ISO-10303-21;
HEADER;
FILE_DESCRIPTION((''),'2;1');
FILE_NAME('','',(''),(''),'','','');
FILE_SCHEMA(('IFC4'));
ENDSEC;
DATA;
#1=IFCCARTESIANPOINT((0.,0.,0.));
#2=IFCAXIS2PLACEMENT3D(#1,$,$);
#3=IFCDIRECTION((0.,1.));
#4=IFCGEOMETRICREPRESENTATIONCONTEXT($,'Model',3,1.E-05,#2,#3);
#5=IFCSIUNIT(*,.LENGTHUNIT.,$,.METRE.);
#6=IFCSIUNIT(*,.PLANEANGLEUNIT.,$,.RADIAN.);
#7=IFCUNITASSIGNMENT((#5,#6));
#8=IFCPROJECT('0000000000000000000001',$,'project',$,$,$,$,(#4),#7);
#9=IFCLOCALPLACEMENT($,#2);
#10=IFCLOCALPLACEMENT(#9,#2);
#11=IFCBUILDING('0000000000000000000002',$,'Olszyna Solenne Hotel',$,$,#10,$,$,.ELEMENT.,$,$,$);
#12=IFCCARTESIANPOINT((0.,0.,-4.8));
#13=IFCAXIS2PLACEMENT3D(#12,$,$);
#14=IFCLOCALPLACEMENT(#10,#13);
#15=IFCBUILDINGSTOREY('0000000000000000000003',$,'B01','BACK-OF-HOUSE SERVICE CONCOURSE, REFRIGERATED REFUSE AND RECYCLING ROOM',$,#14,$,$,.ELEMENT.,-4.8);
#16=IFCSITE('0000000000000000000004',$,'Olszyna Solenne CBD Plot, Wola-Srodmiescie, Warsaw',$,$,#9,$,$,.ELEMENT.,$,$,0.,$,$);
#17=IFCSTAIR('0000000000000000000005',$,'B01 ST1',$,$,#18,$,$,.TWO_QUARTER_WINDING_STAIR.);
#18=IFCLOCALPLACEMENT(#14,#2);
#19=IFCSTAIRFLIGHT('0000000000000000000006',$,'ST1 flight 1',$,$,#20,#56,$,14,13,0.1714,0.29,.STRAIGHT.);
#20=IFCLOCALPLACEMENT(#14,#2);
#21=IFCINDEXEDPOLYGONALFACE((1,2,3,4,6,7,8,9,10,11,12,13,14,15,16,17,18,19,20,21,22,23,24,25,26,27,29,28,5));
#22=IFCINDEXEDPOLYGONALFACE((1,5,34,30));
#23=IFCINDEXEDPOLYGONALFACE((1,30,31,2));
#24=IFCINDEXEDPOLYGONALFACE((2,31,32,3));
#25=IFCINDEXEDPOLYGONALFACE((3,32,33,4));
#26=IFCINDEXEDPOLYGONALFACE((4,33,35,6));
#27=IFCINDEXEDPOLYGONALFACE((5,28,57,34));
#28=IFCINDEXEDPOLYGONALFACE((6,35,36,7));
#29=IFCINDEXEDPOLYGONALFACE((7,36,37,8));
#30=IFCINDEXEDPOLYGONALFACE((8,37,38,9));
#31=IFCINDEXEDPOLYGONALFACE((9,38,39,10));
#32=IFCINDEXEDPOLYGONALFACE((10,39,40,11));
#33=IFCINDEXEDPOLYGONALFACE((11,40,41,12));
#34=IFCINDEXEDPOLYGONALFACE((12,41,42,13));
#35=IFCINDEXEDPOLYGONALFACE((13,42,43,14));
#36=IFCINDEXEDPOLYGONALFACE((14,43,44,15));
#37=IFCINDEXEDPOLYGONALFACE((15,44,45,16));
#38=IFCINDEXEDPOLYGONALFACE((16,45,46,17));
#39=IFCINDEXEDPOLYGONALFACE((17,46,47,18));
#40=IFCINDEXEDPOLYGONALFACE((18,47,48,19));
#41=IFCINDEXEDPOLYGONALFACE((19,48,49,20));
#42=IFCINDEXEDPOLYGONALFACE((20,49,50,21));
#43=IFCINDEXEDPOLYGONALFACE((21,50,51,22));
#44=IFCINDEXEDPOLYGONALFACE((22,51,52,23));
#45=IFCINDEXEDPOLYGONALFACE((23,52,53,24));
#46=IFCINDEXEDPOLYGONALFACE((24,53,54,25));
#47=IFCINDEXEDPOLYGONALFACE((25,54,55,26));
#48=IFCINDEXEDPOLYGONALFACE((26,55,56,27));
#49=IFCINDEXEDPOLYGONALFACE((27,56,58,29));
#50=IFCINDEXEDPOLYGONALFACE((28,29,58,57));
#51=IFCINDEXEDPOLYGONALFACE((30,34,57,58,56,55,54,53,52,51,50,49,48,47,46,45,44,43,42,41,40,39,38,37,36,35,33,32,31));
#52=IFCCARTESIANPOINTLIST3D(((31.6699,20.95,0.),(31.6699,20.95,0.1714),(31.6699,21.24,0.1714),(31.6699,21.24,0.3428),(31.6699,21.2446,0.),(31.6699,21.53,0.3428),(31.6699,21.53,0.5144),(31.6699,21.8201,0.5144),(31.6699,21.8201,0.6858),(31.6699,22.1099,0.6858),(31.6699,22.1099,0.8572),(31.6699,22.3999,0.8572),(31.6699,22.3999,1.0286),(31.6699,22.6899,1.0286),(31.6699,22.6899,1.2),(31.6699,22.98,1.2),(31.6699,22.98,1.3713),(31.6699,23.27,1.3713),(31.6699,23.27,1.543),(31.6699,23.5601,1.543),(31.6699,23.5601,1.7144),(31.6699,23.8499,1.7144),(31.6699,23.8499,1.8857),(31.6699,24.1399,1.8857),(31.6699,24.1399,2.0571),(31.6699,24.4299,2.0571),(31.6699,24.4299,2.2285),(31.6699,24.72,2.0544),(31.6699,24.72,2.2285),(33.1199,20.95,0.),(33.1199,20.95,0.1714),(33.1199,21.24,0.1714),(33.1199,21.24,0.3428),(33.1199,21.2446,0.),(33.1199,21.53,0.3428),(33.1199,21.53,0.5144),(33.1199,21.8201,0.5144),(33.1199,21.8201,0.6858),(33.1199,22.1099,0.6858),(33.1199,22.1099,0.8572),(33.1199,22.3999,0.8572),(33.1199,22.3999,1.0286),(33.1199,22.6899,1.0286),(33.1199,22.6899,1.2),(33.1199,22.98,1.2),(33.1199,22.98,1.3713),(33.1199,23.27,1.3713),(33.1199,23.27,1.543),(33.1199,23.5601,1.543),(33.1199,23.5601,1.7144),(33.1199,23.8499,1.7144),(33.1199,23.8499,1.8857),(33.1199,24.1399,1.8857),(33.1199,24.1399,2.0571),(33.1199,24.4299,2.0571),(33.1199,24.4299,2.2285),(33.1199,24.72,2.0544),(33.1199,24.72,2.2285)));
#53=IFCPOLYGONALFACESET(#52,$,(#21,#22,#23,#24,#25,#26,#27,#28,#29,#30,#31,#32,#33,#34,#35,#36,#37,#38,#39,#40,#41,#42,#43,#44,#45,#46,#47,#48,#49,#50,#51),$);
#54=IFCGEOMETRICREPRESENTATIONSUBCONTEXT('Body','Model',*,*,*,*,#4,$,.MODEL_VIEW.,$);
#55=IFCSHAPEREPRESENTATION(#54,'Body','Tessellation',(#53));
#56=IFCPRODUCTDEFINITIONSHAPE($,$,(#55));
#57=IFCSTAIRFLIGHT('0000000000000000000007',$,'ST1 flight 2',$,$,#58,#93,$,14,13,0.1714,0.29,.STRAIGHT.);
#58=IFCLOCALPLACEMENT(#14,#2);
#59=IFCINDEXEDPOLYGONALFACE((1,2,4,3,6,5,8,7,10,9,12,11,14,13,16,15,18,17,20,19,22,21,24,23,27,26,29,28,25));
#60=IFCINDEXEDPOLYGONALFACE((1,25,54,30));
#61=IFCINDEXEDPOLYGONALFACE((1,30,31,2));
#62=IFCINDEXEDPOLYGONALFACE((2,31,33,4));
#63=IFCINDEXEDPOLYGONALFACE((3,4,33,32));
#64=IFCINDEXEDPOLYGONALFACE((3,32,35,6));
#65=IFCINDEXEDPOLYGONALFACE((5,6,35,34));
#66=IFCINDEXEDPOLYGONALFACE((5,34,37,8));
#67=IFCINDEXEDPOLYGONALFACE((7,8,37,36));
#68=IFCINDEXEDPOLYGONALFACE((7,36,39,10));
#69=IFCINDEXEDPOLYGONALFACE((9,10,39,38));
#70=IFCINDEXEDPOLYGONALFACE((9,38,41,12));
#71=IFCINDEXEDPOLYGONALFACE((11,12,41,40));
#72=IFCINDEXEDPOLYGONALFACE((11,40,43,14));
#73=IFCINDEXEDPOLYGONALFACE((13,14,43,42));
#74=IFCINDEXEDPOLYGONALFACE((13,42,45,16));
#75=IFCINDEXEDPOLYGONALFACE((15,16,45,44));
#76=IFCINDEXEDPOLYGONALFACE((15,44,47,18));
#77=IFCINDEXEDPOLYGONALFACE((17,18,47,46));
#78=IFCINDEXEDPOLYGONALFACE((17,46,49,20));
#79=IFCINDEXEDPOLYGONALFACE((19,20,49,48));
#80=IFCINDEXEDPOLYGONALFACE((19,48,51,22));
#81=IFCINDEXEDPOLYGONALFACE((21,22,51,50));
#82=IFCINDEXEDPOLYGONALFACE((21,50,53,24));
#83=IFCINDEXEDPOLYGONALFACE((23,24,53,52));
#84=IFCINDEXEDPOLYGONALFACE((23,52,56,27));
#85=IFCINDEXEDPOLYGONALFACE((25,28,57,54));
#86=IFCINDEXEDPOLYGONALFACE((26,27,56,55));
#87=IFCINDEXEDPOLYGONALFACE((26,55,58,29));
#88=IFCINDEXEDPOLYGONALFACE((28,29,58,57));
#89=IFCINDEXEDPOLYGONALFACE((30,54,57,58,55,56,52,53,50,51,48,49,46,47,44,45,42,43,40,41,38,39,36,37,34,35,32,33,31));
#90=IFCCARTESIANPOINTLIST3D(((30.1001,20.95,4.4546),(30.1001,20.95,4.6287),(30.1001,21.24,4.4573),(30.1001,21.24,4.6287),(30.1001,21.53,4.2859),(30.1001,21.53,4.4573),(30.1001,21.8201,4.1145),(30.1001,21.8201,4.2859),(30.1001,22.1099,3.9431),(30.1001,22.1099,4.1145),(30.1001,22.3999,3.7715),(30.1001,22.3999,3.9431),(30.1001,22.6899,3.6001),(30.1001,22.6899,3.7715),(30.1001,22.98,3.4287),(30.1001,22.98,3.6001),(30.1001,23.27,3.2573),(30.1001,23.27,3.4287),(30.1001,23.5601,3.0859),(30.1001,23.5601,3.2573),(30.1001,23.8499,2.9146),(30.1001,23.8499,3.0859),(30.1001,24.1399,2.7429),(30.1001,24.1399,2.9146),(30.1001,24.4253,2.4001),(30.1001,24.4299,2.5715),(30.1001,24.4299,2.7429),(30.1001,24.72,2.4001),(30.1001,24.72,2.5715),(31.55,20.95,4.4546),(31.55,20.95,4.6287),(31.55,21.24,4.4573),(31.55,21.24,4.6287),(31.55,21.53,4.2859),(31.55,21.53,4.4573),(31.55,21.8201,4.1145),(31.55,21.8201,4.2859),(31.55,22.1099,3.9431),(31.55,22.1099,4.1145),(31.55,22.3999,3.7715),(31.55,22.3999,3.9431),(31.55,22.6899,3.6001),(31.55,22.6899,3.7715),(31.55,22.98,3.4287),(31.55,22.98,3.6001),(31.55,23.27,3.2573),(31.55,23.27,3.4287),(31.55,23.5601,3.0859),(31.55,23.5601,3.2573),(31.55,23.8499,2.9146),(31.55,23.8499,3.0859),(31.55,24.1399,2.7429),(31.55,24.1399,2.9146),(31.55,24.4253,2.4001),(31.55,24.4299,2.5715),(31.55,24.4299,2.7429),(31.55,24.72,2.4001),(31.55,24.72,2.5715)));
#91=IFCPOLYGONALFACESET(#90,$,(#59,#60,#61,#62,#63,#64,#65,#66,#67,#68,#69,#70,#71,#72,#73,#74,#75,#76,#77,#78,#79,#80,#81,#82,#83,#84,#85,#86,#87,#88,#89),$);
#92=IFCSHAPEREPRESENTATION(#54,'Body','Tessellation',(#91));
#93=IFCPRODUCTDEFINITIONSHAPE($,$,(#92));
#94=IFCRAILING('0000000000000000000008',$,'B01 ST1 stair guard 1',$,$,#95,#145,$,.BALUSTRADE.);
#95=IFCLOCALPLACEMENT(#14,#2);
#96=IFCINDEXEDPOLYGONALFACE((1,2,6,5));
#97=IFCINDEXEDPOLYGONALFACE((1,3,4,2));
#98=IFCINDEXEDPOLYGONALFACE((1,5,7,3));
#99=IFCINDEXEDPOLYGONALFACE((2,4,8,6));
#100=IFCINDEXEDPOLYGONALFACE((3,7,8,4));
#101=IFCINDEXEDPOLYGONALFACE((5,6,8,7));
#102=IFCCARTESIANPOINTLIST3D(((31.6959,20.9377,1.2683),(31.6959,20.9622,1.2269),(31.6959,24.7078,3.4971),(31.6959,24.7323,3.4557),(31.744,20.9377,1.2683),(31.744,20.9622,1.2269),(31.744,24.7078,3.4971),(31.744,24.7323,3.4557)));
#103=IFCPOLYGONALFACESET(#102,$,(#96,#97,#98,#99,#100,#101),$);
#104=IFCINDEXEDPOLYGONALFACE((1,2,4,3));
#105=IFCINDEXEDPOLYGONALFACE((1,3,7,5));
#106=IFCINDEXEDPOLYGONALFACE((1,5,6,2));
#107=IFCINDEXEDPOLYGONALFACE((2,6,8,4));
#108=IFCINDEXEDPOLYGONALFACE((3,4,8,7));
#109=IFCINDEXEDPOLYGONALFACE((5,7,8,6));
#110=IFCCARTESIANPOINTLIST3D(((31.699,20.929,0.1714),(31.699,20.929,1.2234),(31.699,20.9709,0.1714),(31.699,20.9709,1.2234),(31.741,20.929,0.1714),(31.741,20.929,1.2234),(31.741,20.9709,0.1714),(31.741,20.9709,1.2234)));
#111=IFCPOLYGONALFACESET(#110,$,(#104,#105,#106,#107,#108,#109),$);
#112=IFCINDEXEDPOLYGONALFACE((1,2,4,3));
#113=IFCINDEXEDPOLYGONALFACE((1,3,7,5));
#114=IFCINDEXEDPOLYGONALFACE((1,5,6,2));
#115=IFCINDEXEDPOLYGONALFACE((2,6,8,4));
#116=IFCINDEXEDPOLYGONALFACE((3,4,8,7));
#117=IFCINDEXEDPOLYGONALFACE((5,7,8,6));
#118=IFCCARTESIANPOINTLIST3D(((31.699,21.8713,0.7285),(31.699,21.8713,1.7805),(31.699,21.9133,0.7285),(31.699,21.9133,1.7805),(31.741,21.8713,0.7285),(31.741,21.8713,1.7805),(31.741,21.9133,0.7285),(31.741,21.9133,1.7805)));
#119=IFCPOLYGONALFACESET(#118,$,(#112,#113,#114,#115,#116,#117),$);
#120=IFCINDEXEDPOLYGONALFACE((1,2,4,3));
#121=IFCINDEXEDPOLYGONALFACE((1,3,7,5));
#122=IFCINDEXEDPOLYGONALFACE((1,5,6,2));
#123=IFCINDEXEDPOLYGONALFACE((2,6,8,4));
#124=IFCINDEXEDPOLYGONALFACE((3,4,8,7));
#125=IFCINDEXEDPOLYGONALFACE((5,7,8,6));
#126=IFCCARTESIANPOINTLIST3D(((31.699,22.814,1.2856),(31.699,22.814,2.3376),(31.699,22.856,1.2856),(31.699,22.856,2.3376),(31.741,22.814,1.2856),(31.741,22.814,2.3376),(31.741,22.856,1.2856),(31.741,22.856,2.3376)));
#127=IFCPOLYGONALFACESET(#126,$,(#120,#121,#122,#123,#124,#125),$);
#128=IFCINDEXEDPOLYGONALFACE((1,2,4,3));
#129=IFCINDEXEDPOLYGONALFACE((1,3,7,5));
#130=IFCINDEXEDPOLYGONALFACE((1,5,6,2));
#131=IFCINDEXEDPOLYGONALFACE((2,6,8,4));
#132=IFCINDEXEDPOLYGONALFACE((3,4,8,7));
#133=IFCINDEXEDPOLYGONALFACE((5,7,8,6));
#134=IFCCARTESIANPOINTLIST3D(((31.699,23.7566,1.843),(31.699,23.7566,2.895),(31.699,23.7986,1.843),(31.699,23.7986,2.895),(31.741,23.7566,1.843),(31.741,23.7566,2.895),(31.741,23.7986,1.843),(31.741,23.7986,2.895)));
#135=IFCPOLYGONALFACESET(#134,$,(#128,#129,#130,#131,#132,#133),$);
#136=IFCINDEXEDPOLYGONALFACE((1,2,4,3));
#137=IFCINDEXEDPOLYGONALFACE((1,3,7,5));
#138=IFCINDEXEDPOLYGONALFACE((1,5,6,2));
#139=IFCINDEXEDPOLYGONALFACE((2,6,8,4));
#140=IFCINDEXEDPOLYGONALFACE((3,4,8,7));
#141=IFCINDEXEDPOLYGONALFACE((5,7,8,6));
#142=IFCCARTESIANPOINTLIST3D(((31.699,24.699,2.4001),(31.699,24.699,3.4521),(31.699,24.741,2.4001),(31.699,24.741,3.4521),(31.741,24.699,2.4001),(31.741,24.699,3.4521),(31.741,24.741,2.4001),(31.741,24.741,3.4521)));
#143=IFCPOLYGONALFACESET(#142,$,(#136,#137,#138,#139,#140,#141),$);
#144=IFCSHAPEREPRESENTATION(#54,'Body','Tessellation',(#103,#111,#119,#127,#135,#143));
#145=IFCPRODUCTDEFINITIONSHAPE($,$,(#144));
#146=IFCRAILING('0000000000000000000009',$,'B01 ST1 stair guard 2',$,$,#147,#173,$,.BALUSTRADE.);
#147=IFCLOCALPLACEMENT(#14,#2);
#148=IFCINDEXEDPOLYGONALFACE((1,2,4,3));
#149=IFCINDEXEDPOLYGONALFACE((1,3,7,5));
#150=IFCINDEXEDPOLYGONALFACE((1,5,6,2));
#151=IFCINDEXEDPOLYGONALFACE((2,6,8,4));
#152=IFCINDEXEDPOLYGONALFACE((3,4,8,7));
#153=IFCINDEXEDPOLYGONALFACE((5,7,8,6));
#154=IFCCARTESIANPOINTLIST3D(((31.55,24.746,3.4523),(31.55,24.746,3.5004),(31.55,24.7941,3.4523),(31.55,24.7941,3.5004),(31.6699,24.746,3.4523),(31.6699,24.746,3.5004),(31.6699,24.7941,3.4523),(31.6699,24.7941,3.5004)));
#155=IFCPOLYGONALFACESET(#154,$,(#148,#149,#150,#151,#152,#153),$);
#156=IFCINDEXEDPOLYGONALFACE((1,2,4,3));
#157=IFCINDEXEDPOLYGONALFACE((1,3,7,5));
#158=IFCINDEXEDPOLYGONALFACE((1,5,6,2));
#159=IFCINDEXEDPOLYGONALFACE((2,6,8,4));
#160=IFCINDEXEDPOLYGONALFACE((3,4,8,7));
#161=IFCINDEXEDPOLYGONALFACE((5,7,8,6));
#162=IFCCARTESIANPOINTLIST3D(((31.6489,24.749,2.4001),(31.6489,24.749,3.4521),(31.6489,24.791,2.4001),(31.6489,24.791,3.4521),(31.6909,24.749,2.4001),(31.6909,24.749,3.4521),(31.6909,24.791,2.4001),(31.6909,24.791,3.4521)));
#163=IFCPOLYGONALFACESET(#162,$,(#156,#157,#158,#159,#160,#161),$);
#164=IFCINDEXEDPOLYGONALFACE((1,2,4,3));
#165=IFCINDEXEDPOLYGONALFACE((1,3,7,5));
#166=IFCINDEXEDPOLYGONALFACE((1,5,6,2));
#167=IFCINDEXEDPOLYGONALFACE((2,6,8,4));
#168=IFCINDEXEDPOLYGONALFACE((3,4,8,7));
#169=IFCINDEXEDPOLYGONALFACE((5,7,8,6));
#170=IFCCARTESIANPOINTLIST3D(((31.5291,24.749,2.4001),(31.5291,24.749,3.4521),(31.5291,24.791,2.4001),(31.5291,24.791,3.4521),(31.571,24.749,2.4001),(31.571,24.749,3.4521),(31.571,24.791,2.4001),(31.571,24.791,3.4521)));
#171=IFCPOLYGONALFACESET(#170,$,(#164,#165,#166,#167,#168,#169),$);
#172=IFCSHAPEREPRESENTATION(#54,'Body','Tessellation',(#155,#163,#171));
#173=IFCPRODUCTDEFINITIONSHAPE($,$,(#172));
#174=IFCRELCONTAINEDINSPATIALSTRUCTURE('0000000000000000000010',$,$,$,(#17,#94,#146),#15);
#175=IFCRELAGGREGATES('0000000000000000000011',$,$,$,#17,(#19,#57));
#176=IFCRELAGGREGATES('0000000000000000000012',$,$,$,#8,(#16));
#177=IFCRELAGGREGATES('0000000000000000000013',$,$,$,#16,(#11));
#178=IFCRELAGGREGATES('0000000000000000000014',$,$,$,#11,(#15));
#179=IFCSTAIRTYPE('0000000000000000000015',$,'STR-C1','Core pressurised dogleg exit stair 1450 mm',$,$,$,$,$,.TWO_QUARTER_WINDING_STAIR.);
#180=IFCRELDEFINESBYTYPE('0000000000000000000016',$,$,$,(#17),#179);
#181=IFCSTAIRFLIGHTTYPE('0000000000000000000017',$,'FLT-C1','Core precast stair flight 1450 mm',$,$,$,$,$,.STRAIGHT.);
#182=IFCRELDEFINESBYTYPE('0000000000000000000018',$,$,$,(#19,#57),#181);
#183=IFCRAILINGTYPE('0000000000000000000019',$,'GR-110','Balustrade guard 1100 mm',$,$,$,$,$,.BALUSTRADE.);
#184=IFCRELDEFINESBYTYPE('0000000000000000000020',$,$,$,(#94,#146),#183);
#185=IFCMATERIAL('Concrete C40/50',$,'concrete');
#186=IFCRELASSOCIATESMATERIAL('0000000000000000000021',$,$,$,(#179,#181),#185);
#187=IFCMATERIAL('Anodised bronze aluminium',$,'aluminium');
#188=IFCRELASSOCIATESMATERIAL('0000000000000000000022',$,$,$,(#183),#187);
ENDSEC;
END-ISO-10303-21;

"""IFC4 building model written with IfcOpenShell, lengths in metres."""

from ifc_helpers import new_model, si_unit, direction, frame, origin, origin_2d, place, context, subcontext, project, spatial, polyline, rectangle, outline, extrude, material, type_object, element, aggregate, save


model = new_model("IFC4")

# Units and contexts
model_context = context("Model", 3, precision=1e-05, world=origin(), true_north=direction((0.0, 1.0)))
body_context = subcontext(model_context, "Body", "Model", "MODEL_VIEW")
ifc_project = project(units=[si_unit("LENGTHUNIT", "METRE"), si_unit("PLANEANGLEUNIT", "RADIAN")], contexts=[model_context])

# Site, building, storey
site_placement = place(None, origin())
site = spatial("IfcSite", under=ifc_project, at=site_placement, Name="Olszyna Solenne CBD Plot, Wola-Srodmiescie, Warsaw", CompositionType="ELEMENT", RefElevation=0.0)
building_placement = place(site_placement, origin())
building = spatial("IfcBuilding", under=site, at=building_placement, Name="Olszyna Solenne Hotel", CompositionType="ELEMENT")
storey_placement = place(building_placement, frame((0.0, 0.0, -4.8)))
storey = spatial("IfcBuildingStorey", under=building, at=storey_placement, Name="B01", Description="BACK-OF-HOUSE SERVICE CONCOURSE, REFRIGERATED REFUSE AND RECYCLING ROOM", CompositionType="ELEMENT", Elevation=-4.8)

# Stair, stair flights
ifc_material_1 = material(Name="Concrete C40/50", Category="concrete")
stair_type = type_object("IfcStairType", Name="STR-C1", Description="Core pressurised dogleg exit stair 1450 mm", PredefinedType="TWO_QUARTER_WINDING_STAIR", material=ifc_material_1)
stair_placement = place(storey_placement, origin())
stair = element("IfcStair", 1, at=stair_placement, inside=storey, type_object=stair_type, Name="B01 ST1", PredefinedType="TWO_QUARTER_WINDING_STAIR")
stair_flight_type = type_object("IfcStairFlightType", Name="FLT-C1", Description="Core precast stair flight 1450 mm", PredefinedType="STRAIGHT", material=ifc_material_1)
stair_flight_1_placement = place(storey_placement, frame((32.395, 20.95, 0.0), z_axis=(0.0, 0.0, 1.0), x_axis=(0.0, 1.0, 0.0)))
stair_flight_1 = element("IfcStairFlight", 2, at=stair_flight_1_placement, type_object=stair_flight_type, Name="ST1 flight 1", NumberOfRisers=14, NumberOfTreads=13, PredefinedType="STRAIGHT", RiserHeight=0.1714, TreadLength=0.29, context=body_context, shape_type="SweptSolid", body=[
    extrude(outline(polyline([(0.0, 0.0), (0.0, 0.1714), (0.29, 0.1714), (0.29, 0.3428), (0.5801, 0.3428), (0.5801, 0.5144), (0.8701, 0.5144), (0.8701, 0.6858), (1.1599, 0.6858), (1.1599, 0.8572), (1.45, 0.8572), (1.45, 1.0286), (1.74, 1.0286), (1.74, 1.2), (2.03, 1.2), (2.03, 1.3713), (2.3201, 1.3713), (2.3201, 1.543), (2.6101, 1.543), (2.6101, 1.7144), (2.8999, 1.7144), (2.8999, 1.8857), (3.1899, 1.8857), (3.1899, 2.0571), (3.48, 2.0571), (3.48, 2.2285), (3.77, 2.2285), (3.77, 2.3999), (3.77, 2.0544), (0.2947, 0.0), (0.0, 0.0)])), frame((0.0, 0.7251, 0.0), z_axis=(0.0, -1.0, 0.0), x_axis=(1.0, 0.0, 0.0)), (0.0, 0.0, 1.0), 1.45),
])
stair_flight_2_placement = place(storey_placement, frame((30.825, 24.72, 2.4001), z_axis=(0.0, 0.0, 1.0), x_axis=(0.0, -1.0, 0.0)))
stair_flight_2 = element("IfcStairFlight", 3, at=stair_flight_2_placement, type_object=stair_flight_type, Name="ST1 flight 2", NumberOfRisers=14, NumberOfTreads=13, PredefinedType="STRAIGHT", RiserHeight=0.1714, TreadLength=0.29, context=body_context, shape_type="SweptSolid", body=[
    extrude(outline(polyline([(0.0, 0.0), (0.0, 0.1714), (0.29, 0.1714), (0.29, 0.3428), (0.5801, 0.3428), (0.5801, 0.5144), (0.8701, 0.5144), (0.8701, 0.6858), (1.1599, 0.6858), (1.1599, 0.8572), (1.45, 0.8572), (1.45, 1.0286), (1.74, 1.0286), (1.74, 1.2), (2.03, 1.2), (2.03, 1.3713), (2.3201, 1.3713), (2.3201, 1.543), (2.6101, 1.543), (2.6101, 1.7144), (2.8999, 1.7144), (2.8999, 1.8857), (3.1899, 1.8857), (3.1899, 2.0571), (3.48, 2.0571), (3.48, 2.2285), (3.77, 2.2285), (3.77, 2.3999), (3.77, 2.0544), (0.2947, 0.0), (0.0, 0.0)])), frame((0.0, 0.7251, 0.0), z_axis=(0.0, -1.0, 0.0), x_axis=(1.0, 0.0, 0.0)), (0.0, 0.0, 1.0), 1.45),
])
aggregate(stair, [stair_flight_1, stair_flight_2])

# Railings
ifc_material_2 = material(Name="Anodised bronze aluminium", Category="aluminium")
railing_type_1 = type_object("IfcRailingType", Name="GR-110", Description="Balustrade guard 1100 mm", PredefinedType="BALUSTRADE", material=ifc_material_2)
railing_1_placement = place(storey_placement, frame((31.72, 20.95, 0.1714)))
element("IfcRailing", 4, at=railing_1_placement, inside=storey, type_object=railing_type_1, Name="B01 ST1 stair guard 1", PredefinedType="BALUSTRADE", context=body_context, shape_type="SweptSolid", body=[
    extrude(rectangle(XDim=0.0481, YDim=0.0481, at=origin_2d()), frame((0.0, 0.0, 1.0762), z_axis=(0.0, 0.860824, 0.508902), x_axis=(-1.0, 0.0, 0.0)), (0.0, 0.0, 1.0), 4.3796),
    extrude(rectangle(XDim=0.042, YDim=0.042, at=origin_2d()), origin(), (0.0, 0.0, 1.0), 1.052),
    extrude(rectangle(XDim=0.042, YDim=0.042, at=origin_2d()), frame((0.0, 0.9424, 0.5571)), (0.0, 0.0, 1.0), 1.052),
    extrude(rectangle(XDim=0.042, YDim=0.042, at=origin_2d()), frame((0.0, 1.885, 1.1143)), (0.0, 0.0, 1.0), 1.052),
    extrude(rectangle(XDim=0.042, YDim=0.042, at=origin_2d()), frame((0.0, 2.8276, 1.6716)), (0.0, 0.0, 1.0), 1.052),
    extrude(rectangle(XDim=0.042, YDim=0.042, at=origin_2d()), frame((0.0, 3.77, 2.2288)), (0.0, 0.0, 1.0), 1.052),
])
railing_2_placement = place(storey_placement, frame((31.6699, 24.77, 2.4001)))
element("IfcRailing", 5, at=railing_2_placement, inside=storey, type_object=railing_type_1, Name="B01 ST1 stair guard 2", PredefinedType="BALUSTRADE", context=body_context, shape_type="SweptSolid", body=[
    extrude(rectangle(XDim=0.0481, YDim=0.0481, at=origin_2d()), frame((0.0, 0.0, 1.0762), z_axis=(-1.0, 0.0, 0.0), x_axis=(0.0, -1.0, 0.0)), (0.0, 0.0, 1.0), 0.1199),
    extrude(rectangle(XDim=0.042, YDim=0.042, at=origin_2d()), origin(), (0.0, 0.0, 1.0), 1.052),
    extrude(rectangle(XDim=0.042, YDim=0.042, at=origin_2d()), frame((-0.1199, 0.0, 0.0)), (0.0, 0.0, 1.0), 1.052),
])

save(model, "model.ifc")
